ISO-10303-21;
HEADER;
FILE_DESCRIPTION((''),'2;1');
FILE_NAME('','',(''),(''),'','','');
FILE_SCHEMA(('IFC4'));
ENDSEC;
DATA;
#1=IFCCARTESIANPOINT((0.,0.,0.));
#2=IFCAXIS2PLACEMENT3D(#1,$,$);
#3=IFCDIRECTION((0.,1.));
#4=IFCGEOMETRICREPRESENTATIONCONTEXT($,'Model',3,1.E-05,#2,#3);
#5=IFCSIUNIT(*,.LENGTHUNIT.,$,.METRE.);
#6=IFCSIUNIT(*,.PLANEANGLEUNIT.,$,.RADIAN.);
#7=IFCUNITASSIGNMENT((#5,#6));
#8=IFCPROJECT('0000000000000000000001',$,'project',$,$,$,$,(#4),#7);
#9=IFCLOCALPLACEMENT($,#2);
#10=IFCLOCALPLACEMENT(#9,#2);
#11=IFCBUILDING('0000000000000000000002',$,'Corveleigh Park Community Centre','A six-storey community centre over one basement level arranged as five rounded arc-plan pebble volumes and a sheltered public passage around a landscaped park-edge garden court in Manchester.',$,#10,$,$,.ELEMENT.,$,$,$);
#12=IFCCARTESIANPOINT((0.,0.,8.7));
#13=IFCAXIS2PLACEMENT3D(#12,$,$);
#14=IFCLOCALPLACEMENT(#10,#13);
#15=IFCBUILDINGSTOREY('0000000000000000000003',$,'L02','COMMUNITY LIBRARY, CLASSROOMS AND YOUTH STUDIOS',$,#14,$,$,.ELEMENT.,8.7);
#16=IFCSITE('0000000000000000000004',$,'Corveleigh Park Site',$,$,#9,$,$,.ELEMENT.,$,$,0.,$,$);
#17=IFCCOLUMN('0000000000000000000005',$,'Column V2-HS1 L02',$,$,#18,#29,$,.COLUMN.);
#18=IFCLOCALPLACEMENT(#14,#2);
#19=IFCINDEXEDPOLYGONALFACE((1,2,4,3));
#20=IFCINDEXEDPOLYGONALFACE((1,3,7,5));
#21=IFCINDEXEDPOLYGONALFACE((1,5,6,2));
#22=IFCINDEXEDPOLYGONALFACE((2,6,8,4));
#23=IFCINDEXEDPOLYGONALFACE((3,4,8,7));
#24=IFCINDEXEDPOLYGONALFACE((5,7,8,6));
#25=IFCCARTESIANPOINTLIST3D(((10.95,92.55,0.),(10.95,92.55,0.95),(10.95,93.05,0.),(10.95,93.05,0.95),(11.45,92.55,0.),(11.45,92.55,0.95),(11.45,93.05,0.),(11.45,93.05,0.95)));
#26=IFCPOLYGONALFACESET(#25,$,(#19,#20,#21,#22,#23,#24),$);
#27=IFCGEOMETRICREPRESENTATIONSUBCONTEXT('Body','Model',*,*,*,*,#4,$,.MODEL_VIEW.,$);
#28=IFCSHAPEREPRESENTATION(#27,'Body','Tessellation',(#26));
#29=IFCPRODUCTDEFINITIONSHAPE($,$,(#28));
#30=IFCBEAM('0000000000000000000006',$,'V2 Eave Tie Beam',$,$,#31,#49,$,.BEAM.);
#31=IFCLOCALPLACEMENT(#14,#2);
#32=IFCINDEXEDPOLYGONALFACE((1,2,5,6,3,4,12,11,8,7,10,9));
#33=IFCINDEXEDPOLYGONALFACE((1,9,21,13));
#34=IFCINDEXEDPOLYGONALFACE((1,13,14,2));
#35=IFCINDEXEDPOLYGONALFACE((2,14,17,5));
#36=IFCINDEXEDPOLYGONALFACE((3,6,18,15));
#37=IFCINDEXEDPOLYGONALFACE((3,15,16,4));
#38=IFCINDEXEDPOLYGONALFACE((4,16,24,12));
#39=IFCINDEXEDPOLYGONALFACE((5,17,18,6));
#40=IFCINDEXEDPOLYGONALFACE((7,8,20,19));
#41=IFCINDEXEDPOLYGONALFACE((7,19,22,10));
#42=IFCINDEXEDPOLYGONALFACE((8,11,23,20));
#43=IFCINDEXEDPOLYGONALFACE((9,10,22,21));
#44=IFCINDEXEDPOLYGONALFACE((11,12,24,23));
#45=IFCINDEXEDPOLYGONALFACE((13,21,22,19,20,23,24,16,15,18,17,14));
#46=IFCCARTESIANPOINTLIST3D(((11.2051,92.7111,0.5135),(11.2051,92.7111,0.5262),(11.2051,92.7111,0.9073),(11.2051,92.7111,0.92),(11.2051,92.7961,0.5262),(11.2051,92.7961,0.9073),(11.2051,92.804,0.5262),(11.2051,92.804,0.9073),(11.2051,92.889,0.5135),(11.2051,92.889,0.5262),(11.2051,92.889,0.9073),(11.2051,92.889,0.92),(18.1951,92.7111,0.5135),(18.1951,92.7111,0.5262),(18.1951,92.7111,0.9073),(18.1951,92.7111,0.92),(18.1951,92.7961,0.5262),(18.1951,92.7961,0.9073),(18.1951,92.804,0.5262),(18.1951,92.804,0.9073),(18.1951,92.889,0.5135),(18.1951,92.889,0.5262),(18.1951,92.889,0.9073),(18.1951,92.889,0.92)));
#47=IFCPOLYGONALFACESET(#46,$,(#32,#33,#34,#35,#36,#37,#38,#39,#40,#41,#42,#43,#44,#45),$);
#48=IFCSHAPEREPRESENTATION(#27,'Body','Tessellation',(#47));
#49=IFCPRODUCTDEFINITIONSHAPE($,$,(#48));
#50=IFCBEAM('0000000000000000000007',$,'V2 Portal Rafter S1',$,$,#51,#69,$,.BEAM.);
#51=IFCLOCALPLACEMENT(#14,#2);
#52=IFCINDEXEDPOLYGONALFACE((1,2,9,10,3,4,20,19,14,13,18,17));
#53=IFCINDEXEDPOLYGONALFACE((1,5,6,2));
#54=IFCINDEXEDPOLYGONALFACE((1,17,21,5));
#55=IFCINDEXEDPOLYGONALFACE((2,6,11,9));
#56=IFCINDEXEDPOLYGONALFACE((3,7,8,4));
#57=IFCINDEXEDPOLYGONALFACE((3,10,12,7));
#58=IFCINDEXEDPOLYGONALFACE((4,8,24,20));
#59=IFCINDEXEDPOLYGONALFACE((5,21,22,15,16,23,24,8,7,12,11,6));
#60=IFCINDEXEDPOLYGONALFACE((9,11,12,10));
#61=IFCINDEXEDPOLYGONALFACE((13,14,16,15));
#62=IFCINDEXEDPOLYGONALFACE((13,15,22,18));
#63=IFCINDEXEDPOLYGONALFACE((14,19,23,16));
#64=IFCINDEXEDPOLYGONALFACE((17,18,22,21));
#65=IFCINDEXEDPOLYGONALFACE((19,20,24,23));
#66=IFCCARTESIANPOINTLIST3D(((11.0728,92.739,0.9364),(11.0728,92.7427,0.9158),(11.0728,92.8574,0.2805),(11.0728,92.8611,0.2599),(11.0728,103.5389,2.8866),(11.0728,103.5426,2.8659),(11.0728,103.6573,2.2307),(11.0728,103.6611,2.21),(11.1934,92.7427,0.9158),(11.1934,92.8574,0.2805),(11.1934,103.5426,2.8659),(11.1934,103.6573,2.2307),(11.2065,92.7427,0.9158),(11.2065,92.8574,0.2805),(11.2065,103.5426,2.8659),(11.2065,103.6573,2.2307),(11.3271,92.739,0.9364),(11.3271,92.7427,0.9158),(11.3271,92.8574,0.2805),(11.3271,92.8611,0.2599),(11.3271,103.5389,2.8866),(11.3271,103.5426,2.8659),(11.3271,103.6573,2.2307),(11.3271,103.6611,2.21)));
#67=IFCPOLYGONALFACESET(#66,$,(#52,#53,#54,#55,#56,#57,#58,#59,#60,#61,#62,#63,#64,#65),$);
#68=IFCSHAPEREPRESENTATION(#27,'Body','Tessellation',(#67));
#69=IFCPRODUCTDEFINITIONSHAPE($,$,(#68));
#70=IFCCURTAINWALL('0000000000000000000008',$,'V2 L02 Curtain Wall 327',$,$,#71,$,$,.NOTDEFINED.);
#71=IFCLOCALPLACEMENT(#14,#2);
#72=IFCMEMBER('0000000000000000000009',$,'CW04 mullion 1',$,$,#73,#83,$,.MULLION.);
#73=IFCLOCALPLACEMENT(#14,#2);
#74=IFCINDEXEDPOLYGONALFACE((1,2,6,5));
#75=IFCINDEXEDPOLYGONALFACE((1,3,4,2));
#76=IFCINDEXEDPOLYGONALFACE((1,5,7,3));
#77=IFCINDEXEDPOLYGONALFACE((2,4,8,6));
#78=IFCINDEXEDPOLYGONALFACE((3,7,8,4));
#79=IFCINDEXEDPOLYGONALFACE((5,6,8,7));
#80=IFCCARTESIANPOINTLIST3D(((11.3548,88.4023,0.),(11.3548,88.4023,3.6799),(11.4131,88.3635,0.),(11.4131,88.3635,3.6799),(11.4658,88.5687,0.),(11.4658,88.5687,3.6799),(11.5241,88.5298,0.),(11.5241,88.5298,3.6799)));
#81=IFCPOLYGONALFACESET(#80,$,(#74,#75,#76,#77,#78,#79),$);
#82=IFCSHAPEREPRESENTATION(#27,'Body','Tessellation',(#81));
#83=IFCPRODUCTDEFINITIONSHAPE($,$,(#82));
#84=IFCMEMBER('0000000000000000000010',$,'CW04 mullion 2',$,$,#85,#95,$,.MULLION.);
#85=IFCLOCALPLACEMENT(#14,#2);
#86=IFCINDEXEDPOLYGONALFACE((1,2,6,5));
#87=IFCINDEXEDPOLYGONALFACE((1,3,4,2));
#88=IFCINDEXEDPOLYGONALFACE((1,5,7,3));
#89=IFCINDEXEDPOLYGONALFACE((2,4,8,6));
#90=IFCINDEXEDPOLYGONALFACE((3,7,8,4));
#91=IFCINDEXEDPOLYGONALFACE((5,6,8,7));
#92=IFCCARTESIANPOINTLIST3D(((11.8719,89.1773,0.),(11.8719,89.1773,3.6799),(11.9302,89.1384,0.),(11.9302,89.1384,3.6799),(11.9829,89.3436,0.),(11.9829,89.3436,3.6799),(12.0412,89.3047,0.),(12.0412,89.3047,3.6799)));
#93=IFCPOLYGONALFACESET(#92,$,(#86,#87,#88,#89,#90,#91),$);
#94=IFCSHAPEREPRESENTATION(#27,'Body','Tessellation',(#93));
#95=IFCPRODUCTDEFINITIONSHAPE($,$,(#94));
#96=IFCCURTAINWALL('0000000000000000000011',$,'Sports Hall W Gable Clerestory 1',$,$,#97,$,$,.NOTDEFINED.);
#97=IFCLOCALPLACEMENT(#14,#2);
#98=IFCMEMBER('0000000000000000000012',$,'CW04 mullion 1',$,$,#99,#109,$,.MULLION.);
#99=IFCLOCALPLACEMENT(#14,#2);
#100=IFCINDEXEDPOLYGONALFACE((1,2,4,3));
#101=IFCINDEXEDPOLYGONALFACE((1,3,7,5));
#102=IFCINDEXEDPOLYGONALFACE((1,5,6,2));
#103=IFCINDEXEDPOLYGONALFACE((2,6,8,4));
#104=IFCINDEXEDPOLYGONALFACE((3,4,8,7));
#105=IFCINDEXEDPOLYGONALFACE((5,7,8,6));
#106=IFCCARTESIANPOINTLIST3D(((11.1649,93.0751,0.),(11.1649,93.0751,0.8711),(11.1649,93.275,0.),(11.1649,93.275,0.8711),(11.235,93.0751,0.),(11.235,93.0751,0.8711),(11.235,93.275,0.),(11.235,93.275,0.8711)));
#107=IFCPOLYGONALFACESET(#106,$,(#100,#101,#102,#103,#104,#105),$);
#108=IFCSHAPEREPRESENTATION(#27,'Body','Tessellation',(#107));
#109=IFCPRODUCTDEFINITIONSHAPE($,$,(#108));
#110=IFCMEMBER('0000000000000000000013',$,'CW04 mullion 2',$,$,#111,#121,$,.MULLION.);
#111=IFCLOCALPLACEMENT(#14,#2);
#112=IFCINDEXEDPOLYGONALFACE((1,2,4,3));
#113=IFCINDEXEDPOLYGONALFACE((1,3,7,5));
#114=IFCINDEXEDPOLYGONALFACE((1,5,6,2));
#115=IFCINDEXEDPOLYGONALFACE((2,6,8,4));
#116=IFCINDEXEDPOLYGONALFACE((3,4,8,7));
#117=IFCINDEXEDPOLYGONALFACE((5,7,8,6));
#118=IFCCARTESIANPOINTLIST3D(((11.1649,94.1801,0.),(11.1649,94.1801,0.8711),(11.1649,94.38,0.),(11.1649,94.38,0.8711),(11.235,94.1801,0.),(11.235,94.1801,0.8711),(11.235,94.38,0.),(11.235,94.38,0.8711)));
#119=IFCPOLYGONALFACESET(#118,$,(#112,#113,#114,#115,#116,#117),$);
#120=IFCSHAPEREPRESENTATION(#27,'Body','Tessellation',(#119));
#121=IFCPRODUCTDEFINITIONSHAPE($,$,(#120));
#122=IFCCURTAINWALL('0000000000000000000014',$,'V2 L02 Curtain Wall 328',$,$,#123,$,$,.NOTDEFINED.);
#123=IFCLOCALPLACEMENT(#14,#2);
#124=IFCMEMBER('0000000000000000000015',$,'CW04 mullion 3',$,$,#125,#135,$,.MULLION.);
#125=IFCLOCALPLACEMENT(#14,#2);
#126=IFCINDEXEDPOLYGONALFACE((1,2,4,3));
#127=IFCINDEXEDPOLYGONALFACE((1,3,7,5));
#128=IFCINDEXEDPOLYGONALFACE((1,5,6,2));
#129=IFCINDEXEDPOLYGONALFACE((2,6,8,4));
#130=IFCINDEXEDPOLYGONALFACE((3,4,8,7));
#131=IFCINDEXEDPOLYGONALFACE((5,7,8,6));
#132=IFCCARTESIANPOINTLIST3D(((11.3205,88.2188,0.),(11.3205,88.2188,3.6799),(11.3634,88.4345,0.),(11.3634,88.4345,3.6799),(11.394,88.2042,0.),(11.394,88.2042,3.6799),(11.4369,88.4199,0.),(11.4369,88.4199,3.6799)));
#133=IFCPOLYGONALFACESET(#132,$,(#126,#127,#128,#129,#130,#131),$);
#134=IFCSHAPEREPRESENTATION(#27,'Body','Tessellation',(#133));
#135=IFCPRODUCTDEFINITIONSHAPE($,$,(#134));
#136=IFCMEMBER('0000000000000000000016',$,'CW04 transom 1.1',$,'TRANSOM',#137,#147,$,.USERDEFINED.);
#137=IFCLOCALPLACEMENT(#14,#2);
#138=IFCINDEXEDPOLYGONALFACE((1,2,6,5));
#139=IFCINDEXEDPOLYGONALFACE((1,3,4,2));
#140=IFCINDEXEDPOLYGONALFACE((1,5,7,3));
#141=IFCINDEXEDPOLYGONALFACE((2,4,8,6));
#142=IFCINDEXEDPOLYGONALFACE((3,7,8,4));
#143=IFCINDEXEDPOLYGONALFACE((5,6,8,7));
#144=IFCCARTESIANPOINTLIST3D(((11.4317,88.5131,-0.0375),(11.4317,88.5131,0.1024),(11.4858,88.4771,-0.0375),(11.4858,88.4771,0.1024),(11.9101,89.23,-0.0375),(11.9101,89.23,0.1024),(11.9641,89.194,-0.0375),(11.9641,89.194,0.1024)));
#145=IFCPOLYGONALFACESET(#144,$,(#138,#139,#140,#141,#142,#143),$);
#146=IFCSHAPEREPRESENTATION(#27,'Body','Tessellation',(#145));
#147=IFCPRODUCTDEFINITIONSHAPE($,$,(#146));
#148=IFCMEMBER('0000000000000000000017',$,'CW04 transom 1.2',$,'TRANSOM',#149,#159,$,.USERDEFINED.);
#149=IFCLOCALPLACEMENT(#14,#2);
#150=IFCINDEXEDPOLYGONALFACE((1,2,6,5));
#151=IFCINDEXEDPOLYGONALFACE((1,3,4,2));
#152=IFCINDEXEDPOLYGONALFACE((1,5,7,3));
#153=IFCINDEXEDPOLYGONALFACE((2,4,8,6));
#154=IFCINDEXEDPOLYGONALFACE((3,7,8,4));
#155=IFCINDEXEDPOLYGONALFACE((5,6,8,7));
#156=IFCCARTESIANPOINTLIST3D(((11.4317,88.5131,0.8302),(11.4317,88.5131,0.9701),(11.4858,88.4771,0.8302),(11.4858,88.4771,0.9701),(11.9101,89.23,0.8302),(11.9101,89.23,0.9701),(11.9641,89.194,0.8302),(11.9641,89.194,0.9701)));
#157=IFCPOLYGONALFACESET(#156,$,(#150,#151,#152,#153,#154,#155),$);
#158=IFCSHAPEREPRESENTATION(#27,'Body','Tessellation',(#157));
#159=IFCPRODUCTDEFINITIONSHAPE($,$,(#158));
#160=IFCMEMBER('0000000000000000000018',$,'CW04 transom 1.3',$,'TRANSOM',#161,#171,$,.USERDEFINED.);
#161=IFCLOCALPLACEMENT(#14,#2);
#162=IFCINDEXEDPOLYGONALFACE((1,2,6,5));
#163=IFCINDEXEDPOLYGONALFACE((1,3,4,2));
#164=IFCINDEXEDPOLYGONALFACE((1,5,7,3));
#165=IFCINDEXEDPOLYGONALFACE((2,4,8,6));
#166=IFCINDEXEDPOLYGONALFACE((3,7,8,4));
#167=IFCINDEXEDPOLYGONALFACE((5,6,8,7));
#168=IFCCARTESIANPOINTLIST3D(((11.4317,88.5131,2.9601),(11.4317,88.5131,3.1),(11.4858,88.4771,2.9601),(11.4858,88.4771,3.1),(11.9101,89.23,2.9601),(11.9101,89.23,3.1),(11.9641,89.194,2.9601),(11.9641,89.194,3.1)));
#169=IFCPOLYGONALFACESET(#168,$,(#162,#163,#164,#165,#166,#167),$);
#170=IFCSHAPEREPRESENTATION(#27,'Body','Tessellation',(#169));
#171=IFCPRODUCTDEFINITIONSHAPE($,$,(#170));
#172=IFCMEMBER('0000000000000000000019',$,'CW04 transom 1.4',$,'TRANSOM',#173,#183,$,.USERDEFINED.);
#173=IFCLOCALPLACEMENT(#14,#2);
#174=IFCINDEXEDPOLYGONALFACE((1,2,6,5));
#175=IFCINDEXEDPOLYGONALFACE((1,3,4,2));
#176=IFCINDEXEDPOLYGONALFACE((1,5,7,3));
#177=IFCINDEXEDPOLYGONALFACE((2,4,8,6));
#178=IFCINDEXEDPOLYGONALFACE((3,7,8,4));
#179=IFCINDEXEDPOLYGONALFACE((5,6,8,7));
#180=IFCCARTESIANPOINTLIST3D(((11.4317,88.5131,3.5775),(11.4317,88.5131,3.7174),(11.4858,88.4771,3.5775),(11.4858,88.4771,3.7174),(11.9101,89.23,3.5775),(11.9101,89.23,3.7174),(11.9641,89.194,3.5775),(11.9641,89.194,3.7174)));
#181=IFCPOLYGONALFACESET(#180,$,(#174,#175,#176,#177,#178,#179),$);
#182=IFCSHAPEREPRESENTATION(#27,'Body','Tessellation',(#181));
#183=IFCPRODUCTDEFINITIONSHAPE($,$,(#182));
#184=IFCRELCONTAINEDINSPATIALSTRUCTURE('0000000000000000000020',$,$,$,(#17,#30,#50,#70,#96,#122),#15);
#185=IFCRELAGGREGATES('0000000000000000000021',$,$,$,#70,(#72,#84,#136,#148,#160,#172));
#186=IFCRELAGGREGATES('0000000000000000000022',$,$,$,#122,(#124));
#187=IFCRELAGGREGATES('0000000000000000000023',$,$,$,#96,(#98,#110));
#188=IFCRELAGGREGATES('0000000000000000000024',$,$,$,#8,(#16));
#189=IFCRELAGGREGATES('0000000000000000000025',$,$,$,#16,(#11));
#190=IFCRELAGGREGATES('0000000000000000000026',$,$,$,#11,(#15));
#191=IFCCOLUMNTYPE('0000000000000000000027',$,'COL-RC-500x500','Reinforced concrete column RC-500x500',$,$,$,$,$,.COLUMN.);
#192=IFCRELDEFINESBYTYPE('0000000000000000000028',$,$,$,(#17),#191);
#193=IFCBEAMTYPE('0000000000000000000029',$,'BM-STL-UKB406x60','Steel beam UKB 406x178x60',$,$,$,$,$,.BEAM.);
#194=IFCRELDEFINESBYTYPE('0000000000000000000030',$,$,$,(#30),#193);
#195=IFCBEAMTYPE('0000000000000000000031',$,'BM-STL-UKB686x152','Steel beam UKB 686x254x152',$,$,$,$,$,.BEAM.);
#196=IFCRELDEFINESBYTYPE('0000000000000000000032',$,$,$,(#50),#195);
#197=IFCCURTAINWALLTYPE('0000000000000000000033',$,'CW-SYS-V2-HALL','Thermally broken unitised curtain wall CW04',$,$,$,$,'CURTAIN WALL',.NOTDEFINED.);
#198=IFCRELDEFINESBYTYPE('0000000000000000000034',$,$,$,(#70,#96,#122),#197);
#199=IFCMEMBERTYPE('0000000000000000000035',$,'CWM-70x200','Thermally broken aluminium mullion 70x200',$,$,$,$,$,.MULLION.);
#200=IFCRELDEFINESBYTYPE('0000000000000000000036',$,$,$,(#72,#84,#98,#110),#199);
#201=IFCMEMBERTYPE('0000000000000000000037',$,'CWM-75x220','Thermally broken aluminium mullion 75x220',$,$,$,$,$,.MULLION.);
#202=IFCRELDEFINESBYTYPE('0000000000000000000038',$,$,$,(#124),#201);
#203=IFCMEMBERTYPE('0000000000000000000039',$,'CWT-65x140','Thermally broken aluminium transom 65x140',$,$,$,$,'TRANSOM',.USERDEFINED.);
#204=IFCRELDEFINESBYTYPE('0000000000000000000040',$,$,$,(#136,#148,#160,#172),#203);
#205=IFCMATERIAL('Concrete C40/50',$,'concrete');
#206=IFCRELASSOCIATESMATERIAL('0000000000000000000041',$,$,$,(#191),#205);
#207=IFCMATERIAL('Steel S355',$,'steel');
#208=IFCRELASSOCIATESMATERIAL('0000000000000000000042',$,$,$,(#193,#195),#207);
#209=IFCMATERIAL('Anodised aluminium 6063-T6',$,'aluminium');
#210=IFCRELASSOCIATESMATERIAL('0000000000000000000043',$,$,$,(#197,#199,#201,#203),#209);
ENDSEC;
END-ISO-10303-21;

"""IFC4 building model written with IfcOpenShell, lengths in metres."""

from ifc_helpers import new_model, si_unit, direction, frame, origin, origin_2d, place, context, subcontext, project, spatial, rectangle, i_section, extrude, material, material_profile, profile_set, type_object, element, aggregate, save


model = new_model("IFC4")

# Units and contexts
model_context = context("Model", 3, precision=1e-05, world=origin(), true_north=direction((0.0, 1.0)))
body_context = subcontext(model_context, "Body", "Model", "MODEL_VIEW")
ifc_project = project(units=[si_unit("LENGTHUNIT", "METRE"), si_unit("PLANEANGLEUNIT", "RADIAN")], contexts=[model_context])

# Site, building, storey
site_placement = place(None, origin())
site = spatial("IfcSite", under=ifc_project, at=site_placement, Name="Corveleigh Park Site", CompositionType="ELEMENT", RefElevation=0.0)
building_placement = place(site_placement, origin())
building = spatial("IfcBuilding", under=site, at=building_placement, Name="Corveleigh Park Community Centre", Description="A six-storey community centre over one basement level arranged as five rounded arc-plan pebble volumes and a sheltered public passage around a landscaped park-edge garden court in Manchester.", CompositionType="ELEMENT")
storey_placement = place(building_placement, frame((0.0, 0.0, 8.7)))
storey = spatial("IfcBuildingStorey", under=building, at=storey_placement, Name="L02", Description="COMMUNITY LIBRARY, CLASSROOMS AND YOUTH STUDIOS", CompositionType="ELEMENT", Elevation=8.7)

# Column
ifc_material_1 = material(Name="Concrete C40/50", Category="concrete")
ifc_material_profile_1 = material_profile(ifc_material_1, rectangle(XDim=0.5, YDim=0.5, at=origin_2d()), Name="RC-500x500", Category="concrete")
ifc_profile_set_1 = profile_set([ifc_material_profile_1], Name="Concrete C40/50")
column_type = type_object("IfcColumnType", Name="COL-RC-500x500", Description="Reinforced concrete column RC-500x500", PredefinedType="COLUMN", material=ifc_profile_set_1)
column_placement = place(storey_placement, frame((11.2, 92.8, 0.0), z_axis=(0.0, 0.0, 1.0), x_axis=(1.0, 0.0, 0.0)))
element("IfcColumn", 1, at=column_placement, inside=storey, type_object=column_type, Name="Column V2-HS1 L02", PredefinedType="COLUMN", context=body_context, shape_type="SweptSolid", body=[
    extrude(rectangle(XDim=0.5, YDim=0.5, at=origin_2d()), origin(), (0.0, 0.0, 1.0), 0.95),
])

# Beams
ifc_material_2 = material(Name="Steel S355", Category="steel")
ifc_material_profile_2 = material_profile(ifc_material_2, i_section(OverallWidth=0.178, OverallDepth=0.4065, WebThickness=0.0078, FlangeThickness=0.0127, at=origin_2d()), Name="UKB 406x178x60", Category="steel")
ifc_profile_set_2 = profile_set([ifc_material_profile_2], Name="Steel S355")
beam_type_1 = type_object("IfcBeamType", Name="BM-STL-UKB406x60", Description="Steel beam UKB 406x178x60", PredefinedType="BEAM", material=ifc_profile_set_2)
beam_1_placement = place(storey_placement, frame((11.2051, 92.8, 0.7168), z_axis=(1.0, 0.0, 0.0), x_axis=(0.0, 1.0, 0.0)))
element("IfcBeam", 2, at=beam_1_placement, inside=storey, type_object=beam_type_1, Name="V2 Eave Tie Beam", PredefinedType="BEAM", context=body_context, shape_type="SweptSolid", body=[
    extrude(i_section(OverallWidth=0.178, OverallDepth=0.4065, WebThickness=0.0078, FlangeThickness=0.0127, at=origin_2d()), origin(), (0.0, 0.0, 1.0), 6.99),
])
ifc_material_profile_3 = material_profile(ifc_material_2, i_section(OverallWidth=0.2544, OverallDepth=0.6875, WebThickness=0.0132, FlangeThickness=0.021, at=origin_2d()), Name="UKB 686x254x152", Category="steel")
ifc_profile_set_3 = profile_set([ifc_material_profile_3], Name="Steel S355")
beam_type_2 = type_object("IfcBeamType", Name="BM-STL-UKB686x152", Description="Steel beam UKB 686x254x152", PredefinedType="BEAM", material=ifc_profile_set_3)
beam_2_placement = place(storey_placement, frame((11.2, 92.8, 0.5981), z_axis=(0.0, 0.984085, 0.177699), x_axis=(-1.0, 0.0, 0.0)))
element("IfcBeam", 3, at=beam_2_placement, inside=storey, type_object=beam_type_2, Name="V2 Portal Rafter S1", PredefinedType="BEAM", context=body_context, shape_type="SweptSolid", body=[
    extrude(i_section(OverallWidth=0.2544, OverallDepth=0.6875, WebThickness=0.0132, FlangeThickness=0.021, at=origin_2d()), origin(), (0.0, 0.0, 1.0), 10.9746),
])

# Curtain walls, members
ifc_material_3 = material(Name="Anodised aluminium 6063-T6", Category="aluminium")
curtain_wall_type = type_object("IfcCurtainWallType", Name="CW-SYS-V2-HALL", Description="Thermally broken unitised curtain wall CW04", ElementType="CURTAIN WALL", PredefinedType="NOTDEFINED", material=ifc_material_3)
curtain_wall_1_placement = place(storey_placement, origin())
curtain_wall_1 = element("IfcCurtainWall", 4, at=curtain_wall_1_placement, inside=storey, type_object=curtain_wall_type, Name="V2 L02 Curtain Wall 327", PredefinedType="NOTDEFINED")
ifc_material_profile_4 = material_profile(ifc_material_3, rectangle(XDim=0.0701, YDim=0.2, at=origin_2d()), Name="ALU-M70x200", Category="aluminium")
ifc_profile_set_4 = profile_set([ifc_material_profile_4], Name="Anodised aluminium 6063-T6")
member_type_1 = type_object("IfcMemberType", Name="CWM-70x200", Description="Thermally broken aluminium mullion 70x200", PredefinedType="MULLION", material=ifc_profile_set_4)
member_1_placement = place(storey_placement, frame((11.4395, 88.4661, 0.0), z_axis=(0.0, 0.0, 1.0), x_axis=(-0.831811, 0.555058, 0.0)))
member_1 = element("IfcMember", 5, at=member_1_placement, type_object=member_type_1, Name="CW04 mullion 1", PredefinedType="MULLION", context=body_context, shape_type="SweptSolid", body=[
    extrude(rectangle(XDim=0.0701, YDim=0.2, at=origin_2d()), origin(), (0.0, 0.0, 1.0), 3.6799),
])
member_2_placement = place(storey_placement, frame((11.9565, 89.241, 0.0), z_axis=(0.0, 0.0, 1.0), x_axis=(-0.831811, 0.555058, 0.0)))
member_2 = element("IfcMember", 6, at=member_2_placement, type_object=member_type_1, Name="CW04 mullion 2", PredefinedType="MULLION", context=body_context, shape_type="SweptSolid", body=[
    extrude(rectangle(XDim=0.0701, YDim=0.2, at=origin_2d()), origin(), (0.0, 0.0, 1.0), 3.6799),
])
curtain_wall_2_placement = place(storey_placement, origin())
curtain_wall_2 = element("IfcCurtainWall", 7, at=curtain_wall_2_placement, inside=storey, type_object=curtain_wall_type, Name="Sports Hall W Gable Clerestory 1", PredefinedType="NOTDEFINED")
member_3_placement = place(storey_placement, frame((11.2, 93.175, 0.0), z_axis=(0.0, 0.0, 1.0), x_axis=(-1.0, 0.0, 0.0)))
member_3 = element("IfcMember", 8, at=member_3_placement, type_object=member_type_1, Name="CW04 mullion 1", PredefinedType="MULLION", context=body_context, shape_type="SweptSolid", body=[
    extrude(rectangle(XDim=0.0701, YDim=0.2, at=origin_2d()), origin(), (0.0, 0.0, 1.0), 0.8711),
])
member_4_placement = place(storey_placement, frame((11.2, 94.28, 0.0), z_axis=(0.0, 0.0, 1.0), x_axis=(-1.0, 0.0, 0.0)))
member_4 = element("IfcMember", 9, at=member_4_placement, type_object=member_type_1, Name="CW04 mullion 2", PredefinedType="MULLION", context=body_context, shape_type="SweptSolid", body=[
    extrude(rectangle(XDim=0.0701, YDim=0.2, at=origin_2d()), origin(), (0.0, 0.0, 1.0), 0.8711),
])

# Curtain wall, member
curtain_wall_3_placement = place(storey_placement, origin())
curtain_wall_3 = element("IfcCurtainWall", 10, at=curtain_wall_3_placement, inside=storey, type_object=curtain_wall_type, Name="V2 L02 Curtain Wall 328", PredefinedType="NOTDEFINED")
ifc_material_profile_5 = material_profile(ifc_material_3, rectangle(XDim=0.075, YDim=0.22, at=origin_2d()), Name="ALU-M75x220", Category="aluminium")
ifc_profile_set_5 = profile_set([ifc_material_profile_5], Name="Anodised aluminium 6063-T6")
member_type_2 = type_object("IfcMemberType", Name="CWM-75x220", Description="Thermally broken aluminium mullion 75x220", PredefinedType="MULLION", material=ifc_profile_set_5)
member_5_placement = place(storey_placement, frame((11.3787, 88.3193, 0.0), z_axis=(0.0, 0.0, 1.0), x_axis=(-0.980797, 0.195033, 0.0)))
member_5 = element("IfcMember", 11, at=member_5_placement, type_object=member_type_2, Name="CW04 mullion 3", PredefinedType="MULLION", context=body_context, shape_type="SweptSolid", body=[
    extrude(rectangle(XDim=0.075, YDim=0.22, at=origin_2d()), origin(), (0.0, 0.0, 1.0), 3.6799),
])

# Members
ifc_material_profile_6 = material_profile(ifc_material_3, rectangle(XDim=0.0649, YDim=0.1399, at=origin_2d()), Name="ALU-T65x140", Category="aluminium")
ifc_profile_set_6 = profile_set([ifc_material_profile_6], Name="Anodised aluminium 6063-T6")
member_type_3 = type_object("IfcMemberType", Name="CWT-65x140", Description="Thermally broken aluminium transom 65x140", ElementType="TRANSOM", PredefinedType="USERDEFINED", material=ifc_profile_set_6)
member_6_placement = place(storey_placement, frame((11.4587, 88.4951, 0.0325), z_axis=(0.555027, 0.831832, 0.0), x_axis=(-0.831832, 0.555027, 0.0)))
member_6 = element("IfcMember", 12, at=member_6_placement, type_object=member_type_3, Name="CW04 transom 1.1", ObjectType="TRANSOM", PredefinedType="USERDEFINED", context=body_context, shape_type="SweptSolid", body=[
    extrude(rectangle(XDim=0.0649, YDim=0.1399, at=origin_2d()), origin(), (0.0, 0.0, 1.0), 0.8618),
])
member_7_placement = place(storey_placement, frame((11.4587, 88.4951, 0.9001), z_axis=(0.555027, 0.831832, 0.0), x_axis=(-0.831832, 0.555027, 0.0)))
member_7 = element("IfcMember", 13, at=member_7_placement, type_object=member_type_3, Name="CW04 transom 1.2", ObjectType="TRANSOM", PredefinedType="USERDEFINED", context=body_context, shape_type="SweptSolid", body=[
    extrude(rectangle(XDim=0.0649, YDim=0.1399, at=origin_2d()), origin(), (0.0, 0.0, 1.0), 0.8618),
])
member_8_placement = place(storey_placement, frame((11.4587, 88.4951, 3.03), z_axis=(0.555027, 0.831832, 0.0), x_axis=(-0.831832, 0.555027, 0.0)))
member_8 = element("IfcMember", 14, at=member_8_placement, type_object=member_type_3, Name="CW04 transom 1.3", ObjectType="TRANSOM", PredefinedType="USERDEFINED", context=body_context, shape_type="SweptSolid", body=[
    extrude(rectangle(XDim=0.0649, YDim=0.1399, at=origin_2d()), origin(), (0.0, 0.0, 1.0), 0.8618),
])
member_9_placement = place(storey_placement, frame((11.4587, 88.4951, 3.6475), z_axis=(0.555027, 0.831832, 0.0), x_axis=(-0.831832, 0.555027, 0.0)))
member_9 = element("IfcMember", 15, at=member_9_placement, type_object=member_type_3, Name="CW04 transom 1.4", ObjectType="TRANSOM", PredefinedType="USERDEFINED", context=body_context, shape_type="SweptSolid", body=[
    extrude(rectangle(XDim=0.0649, YDim=0.1399, at=origin_2d()), origin(), (0.0, 0.0, 1.0), 0.8618),
])

aggregate(curtain_wall_1, [member_1, member_2, member_6, member_7, member_8, member_9])
aggregate(curtain_wall_3, [member_5])
aggregate(curtain_wall_2, [member_3, member_4])

save(model, "model.ifc")
